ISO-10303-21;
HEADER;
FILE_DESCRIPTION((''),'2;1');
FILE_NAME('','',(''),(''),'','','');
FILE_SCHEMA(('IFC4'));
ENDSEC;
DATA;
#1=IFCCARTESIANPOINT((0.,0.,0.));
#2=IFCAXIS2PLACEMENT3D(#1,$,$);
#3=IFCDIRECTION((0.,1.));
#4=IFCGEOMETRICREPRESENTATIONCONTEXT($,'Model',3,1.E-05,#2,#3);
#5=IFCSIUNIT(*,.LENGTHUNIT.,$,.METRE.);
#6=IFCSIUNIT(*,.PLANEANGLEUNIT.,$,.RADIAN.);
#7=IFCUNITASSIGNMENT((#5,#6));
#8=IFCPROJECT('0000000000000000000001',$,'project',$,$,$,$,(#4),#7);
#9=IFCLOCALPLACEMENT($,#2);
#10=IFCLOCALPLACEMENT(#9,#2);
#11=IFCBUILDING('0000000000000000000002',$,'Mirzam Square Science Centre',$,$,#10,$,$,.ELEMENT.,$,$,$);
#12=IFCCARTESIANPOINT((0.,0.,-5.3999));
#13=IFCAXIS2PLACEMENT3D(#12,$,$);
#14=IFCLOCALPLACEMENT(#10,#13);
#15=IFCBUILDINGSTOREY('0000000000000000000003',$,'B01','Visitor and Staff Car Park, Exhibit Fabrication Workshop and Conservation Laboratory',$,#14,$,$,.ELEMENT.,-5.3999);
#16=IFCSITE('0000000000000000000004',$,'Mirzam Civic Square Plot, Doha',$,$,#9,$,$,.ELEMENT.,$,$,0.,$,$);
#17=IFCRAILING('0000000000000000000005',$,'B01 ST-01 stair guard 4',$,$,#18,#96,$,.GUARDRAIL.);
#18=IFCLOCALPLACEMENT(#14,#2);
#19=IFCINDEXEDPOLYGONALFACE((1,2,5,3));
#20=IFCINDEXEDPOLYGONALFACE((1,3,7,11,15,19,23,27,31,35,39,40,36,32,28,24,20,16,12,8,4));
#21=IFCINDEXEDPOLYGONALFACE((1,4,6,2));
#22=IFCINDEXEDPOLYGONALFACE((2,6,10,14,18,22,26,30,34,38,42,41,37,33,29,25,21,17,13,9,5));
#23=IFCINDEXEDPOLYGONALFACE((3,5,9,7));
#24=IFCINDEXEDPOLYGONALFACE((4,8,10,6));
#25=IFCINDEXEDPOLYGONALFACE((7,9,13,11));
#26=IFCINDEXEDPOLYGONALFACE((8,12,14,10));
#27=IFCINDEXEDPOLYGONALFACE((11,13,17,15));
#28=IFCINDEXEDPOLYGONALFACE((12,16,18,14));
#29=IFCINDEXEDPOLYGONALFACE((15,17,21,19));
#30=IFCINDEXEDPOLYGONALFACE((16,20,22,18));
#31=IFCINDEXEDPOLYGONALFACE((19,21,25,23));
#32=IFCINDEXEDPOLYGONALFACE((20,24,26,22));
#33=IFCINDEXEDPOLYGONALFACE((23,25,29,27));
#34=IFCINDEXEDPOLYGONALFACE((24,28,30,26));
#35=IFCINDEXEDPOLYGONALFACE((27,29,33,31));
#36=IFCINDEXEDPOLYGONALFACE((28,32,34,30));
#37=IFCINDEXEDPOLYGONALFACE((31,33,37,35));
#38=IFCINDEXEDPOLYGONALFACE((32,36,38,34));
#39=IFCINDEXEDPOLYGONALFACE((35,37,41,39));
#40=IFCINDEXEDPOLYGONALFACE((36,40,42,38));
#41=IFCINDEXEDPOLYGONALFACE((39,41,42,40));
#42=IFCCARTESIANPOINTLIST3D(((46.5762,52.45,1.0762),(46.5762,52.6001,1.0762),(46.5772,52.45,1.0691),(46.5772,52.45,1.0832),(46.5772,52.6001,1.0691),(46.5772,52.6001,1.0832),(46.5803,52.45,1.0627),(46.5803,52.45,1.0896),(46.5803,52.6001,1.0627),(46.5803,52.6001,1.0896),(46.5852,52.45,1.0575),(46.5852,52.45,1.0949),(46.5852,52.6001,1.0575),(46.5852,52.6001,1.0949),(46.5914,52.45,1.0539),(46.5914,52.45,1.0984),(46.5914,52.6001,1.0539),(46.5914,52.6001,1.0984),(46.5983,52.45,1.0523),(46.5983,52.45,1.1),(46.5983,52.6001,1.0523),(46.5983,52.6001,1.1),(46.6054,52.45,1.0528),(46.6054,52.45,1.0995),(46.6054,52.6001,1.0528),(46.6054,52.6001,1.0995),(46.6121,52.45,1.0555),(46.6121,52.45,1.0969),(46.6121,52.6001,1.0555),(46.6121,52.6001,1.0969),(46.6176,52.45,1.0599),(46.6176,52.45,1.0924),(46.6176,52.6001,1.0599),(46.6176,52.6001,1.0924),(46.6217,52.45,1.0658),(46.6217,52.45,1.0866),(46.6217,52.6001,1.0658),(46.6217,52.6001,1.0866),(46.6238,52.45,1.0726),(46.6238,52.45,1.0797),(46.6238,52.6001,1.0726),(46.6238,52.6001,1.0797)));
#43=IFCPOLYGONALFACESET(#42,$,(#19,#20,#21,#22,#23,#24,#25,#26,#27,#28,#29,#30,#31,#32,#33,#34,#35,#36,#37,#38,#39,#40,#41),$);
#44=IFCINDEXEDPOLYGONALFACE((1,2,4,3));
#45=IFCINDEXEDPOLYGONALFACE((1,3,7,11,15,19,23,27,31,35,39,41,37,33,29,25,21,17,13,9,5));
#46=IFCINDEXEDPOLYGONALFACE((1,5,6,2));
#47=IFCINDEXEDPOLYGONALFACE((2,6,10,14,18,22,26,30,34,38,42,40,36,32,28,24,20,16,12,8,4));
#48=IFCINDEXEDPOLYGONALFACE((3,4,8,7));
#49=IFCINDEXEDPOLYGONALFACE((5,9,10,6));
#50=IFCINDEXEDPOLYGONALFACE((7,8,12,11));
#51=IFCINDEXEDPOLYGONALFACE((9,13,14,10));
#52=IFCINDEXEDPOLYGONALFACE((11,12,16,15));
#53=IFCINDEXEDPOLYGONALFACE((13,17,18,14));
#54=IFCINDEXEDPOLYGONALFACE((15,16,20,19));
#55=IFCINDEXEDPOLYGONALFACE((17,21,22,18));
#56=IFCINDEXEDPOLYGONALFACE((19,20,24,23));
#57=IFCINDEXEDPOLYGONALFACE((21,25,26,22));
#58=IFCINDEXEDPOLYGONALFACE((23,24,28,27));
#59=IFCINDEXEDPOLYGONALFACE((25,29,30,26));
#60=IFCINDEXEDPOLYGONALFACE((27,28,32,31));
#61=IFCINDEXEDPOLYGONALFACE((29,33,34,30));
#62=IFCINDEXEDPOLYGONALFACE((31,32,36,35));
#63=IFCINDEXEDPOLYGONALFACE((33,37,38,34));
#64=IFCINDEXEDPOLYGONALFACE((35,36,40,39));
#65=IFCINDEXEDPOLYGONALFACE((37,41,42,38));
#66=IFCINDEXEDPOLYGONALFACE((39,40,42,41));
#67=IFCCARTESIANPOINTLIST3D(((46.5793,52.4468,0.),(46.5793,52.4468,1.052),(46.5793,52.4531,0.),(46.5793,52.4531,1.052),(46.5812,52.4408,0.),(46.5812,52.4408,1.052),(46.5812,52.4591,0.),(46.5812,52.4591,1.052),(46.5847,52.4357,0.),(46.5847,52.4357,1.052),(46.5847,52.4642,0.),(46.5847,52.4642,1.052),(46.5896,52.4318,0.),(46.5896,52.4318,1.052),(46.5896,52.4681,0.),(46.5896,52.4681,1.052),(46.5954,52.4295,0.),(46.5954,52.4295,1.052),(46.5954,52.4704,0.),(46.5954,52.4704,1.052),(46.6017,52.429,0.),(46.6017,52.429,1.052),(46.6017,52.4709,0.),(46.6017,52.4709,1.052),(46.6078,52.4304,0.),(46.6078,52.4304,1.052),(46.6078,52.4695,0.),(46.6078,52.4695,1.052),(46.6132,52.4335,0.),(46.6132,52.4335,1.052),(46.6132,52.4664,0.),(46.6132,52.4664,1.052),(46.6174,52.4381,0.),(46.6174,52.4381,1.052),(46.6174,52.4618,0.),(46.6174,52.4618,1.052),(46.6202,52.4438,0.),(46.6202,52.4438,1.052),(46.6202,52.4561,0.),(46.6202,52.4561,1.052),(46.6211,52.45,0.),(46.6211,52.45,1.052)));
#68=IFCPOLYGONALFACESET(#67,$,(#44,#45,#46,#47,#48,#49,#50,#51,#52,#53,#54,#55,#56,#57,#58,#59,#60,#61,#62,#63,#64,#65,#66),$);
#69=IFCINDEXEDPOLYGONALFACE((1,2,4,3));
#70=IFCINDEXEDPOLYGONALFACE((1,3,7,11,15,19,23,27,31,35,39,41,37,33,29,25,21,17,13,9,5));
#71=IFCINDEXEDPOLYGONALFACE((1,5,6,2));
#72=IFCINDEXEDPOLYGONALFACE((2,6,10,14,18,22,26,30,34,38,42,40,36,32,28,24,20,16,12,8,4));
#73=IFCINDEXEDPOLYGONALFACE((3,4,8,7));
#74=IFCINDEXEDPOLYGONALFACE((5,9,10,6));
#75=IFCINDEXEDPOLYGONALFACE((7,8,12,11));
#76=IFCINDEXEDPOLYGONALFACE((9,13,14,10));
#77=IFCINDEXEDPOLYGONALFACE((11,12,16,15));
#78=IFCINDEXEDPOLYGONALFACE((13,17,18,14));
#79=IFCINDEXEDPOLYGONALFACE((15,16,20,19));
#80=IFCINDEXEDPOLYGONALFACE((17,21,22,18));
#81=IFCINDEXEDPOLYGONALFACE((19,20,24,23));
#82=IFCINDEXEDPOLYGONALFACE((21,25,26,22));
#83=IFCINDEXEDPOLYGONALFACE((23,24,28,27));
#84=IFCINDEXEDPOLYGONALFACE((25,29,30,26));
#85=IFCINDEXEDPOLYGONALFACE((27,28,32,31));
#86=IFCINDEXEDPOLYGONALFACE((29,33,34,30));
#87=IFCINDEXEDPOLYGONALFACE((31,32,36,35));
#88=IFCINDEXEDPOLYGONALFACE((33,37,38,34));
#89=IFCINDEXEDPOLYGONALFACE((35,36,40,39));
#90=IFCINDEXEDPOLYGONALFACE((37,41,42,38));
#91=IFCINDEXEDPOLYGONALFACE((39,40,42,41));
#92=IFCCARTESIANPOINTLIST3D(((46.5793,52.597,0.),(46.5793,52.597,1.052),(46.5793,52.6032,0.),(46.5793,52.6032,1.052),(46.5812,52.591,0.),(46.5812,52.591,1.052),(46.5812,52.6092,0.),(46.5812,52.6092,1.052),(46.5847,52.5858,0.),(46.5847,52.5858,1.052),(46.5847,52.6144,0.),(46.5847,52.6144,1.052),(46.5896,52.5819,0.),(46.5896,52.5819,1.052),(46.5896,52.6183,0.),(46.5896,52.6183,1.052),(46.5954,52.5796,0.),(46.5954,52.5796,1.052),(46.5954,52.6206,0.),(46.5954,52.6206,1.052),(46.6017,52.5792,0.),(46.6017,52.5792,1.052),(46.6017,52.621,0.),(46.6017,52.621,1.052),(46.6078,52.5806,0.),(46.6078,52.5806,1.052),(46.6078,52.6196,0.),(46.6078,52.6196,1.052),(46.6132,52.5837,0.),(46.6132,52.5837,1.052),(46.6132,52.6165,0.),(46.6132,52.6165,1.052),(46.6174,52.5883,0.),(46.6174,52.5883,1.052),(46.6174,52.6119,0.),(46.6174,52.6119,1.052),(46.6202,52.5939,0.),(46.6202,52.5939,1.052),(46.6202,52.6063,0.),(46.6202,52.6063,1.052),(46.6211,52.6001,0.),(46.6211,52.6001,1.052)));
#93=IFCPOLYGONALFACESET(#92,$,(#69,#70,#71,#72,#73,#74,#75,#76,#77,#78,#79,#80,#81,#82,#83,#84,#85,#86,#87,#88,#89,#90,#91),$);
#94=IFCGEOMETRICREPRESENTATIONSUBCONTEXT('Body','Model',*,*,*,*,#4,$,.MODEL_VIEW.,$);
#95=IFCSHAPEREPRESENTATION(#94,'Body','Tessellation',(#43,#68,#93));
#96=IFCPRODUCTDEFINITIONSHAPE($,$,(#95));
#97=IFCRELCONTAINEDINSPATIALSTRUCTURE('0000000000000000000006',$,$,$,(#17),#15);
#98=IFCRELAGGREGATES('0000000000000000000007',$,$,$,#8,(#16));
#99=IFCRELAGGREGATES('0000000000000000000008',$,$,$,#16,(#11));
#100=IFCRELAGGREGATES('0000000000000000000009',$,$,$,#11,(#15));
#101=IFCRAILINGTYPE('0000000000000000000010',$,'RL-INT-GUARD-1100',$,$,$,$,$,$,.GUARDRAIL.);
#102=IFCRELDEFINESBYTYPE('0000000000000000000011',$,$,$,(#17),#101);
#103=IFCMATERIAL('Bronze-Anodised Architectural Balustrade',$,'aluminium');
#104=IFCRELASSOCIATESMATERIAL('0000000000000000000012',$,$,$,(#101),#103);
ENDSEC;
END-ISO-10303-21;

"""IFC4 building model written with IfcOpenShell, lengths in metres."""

from ifc_helpers import new_model, si_unit, direction, frame, origin, origin_2d, place, context, subcontext, project, spatial, circle, extrude, material, type_object, element, save


model = new_model("IFC4")

# Units and contexts
model_context = context("Model", 3, precision=1e-05, world=origin(), true_north=direction((0.0, 1.0)))
body_context = subcontext(model_context, "Body", "Model", "MODEL_VIEW")
ifc_project = project(units=[si_unit("LENGTHUNIT", "METRE"), si_unit("PLANEANGLEUNIT", "RADIAN")], contexts=[model_context])

# Site, building, storey
site_placement = place(None, origin())
site = spatial("IfcSite", under=ifc_project, at=site_placement, Name="Mirzam Civic Square Plot, Doha", CompositionType="ELEMENT", RefElevation=0.0)
building_placement = place(site_placement, origin())
building = spatial("IfcBuilding", under=site, at=building_placement, Name="Mirzam Square Science Centre", CompositionType="ELEMENT")
storey_placement = place(building_placement, frame((0.0, 0.0, -5.3999)))
storey = spatial("IfcBuildingStorey", under=building, at=storey_placement, Name="B01", Description="Visitor and Staff Car Park, Exhibit Fabrication Workshop and Conservation Laboratory", CompositionType="ELEMENT", Elevation=-5.3999)

# Railing
ifc_material_1 = material(Name="Bronze-Anodised Architectural Balustrade", Category="aluminium")
railing_type_1 = type_object("IfcRailingType", Name="RL-INT-GUARD-1100", PredefinedType="GUARDRAIL", material=ifc_material_1)
railing_1_placement = place(storey_placement, frame((46.6001, 52.45, 0.0)))
element("IfcRailing", 1, at=railing_1_placement, inside=storey, type_object=railing_type_1, Name="B01 ST-01 stair guard 4", PredefinedType="GUARDRAIL", context=body_context, shape_type="SweptSolid", body=[
    extrude(circle(Radius=0.0239, at=origin_2d()), frame((0.0, 0.0, 1.0762), z_axis=(0.0, 1.0, 0.0), x_axis=(-1.0, 0.0, 0.0)), (0.0, 0.0, 1.0), 0.1501),
    extrude(circle(Radius=0.021, at=origin_2d()), origin(), (0.0, 0.0, 1.0), 1.052),
    extrude(circle(Radius=0.021, at=origin_2d()), frame((0.0, 0.1501, 0.0)), (0.0, 0.0, 1.0), 1.052),
])

save(model, "model.ifc")
